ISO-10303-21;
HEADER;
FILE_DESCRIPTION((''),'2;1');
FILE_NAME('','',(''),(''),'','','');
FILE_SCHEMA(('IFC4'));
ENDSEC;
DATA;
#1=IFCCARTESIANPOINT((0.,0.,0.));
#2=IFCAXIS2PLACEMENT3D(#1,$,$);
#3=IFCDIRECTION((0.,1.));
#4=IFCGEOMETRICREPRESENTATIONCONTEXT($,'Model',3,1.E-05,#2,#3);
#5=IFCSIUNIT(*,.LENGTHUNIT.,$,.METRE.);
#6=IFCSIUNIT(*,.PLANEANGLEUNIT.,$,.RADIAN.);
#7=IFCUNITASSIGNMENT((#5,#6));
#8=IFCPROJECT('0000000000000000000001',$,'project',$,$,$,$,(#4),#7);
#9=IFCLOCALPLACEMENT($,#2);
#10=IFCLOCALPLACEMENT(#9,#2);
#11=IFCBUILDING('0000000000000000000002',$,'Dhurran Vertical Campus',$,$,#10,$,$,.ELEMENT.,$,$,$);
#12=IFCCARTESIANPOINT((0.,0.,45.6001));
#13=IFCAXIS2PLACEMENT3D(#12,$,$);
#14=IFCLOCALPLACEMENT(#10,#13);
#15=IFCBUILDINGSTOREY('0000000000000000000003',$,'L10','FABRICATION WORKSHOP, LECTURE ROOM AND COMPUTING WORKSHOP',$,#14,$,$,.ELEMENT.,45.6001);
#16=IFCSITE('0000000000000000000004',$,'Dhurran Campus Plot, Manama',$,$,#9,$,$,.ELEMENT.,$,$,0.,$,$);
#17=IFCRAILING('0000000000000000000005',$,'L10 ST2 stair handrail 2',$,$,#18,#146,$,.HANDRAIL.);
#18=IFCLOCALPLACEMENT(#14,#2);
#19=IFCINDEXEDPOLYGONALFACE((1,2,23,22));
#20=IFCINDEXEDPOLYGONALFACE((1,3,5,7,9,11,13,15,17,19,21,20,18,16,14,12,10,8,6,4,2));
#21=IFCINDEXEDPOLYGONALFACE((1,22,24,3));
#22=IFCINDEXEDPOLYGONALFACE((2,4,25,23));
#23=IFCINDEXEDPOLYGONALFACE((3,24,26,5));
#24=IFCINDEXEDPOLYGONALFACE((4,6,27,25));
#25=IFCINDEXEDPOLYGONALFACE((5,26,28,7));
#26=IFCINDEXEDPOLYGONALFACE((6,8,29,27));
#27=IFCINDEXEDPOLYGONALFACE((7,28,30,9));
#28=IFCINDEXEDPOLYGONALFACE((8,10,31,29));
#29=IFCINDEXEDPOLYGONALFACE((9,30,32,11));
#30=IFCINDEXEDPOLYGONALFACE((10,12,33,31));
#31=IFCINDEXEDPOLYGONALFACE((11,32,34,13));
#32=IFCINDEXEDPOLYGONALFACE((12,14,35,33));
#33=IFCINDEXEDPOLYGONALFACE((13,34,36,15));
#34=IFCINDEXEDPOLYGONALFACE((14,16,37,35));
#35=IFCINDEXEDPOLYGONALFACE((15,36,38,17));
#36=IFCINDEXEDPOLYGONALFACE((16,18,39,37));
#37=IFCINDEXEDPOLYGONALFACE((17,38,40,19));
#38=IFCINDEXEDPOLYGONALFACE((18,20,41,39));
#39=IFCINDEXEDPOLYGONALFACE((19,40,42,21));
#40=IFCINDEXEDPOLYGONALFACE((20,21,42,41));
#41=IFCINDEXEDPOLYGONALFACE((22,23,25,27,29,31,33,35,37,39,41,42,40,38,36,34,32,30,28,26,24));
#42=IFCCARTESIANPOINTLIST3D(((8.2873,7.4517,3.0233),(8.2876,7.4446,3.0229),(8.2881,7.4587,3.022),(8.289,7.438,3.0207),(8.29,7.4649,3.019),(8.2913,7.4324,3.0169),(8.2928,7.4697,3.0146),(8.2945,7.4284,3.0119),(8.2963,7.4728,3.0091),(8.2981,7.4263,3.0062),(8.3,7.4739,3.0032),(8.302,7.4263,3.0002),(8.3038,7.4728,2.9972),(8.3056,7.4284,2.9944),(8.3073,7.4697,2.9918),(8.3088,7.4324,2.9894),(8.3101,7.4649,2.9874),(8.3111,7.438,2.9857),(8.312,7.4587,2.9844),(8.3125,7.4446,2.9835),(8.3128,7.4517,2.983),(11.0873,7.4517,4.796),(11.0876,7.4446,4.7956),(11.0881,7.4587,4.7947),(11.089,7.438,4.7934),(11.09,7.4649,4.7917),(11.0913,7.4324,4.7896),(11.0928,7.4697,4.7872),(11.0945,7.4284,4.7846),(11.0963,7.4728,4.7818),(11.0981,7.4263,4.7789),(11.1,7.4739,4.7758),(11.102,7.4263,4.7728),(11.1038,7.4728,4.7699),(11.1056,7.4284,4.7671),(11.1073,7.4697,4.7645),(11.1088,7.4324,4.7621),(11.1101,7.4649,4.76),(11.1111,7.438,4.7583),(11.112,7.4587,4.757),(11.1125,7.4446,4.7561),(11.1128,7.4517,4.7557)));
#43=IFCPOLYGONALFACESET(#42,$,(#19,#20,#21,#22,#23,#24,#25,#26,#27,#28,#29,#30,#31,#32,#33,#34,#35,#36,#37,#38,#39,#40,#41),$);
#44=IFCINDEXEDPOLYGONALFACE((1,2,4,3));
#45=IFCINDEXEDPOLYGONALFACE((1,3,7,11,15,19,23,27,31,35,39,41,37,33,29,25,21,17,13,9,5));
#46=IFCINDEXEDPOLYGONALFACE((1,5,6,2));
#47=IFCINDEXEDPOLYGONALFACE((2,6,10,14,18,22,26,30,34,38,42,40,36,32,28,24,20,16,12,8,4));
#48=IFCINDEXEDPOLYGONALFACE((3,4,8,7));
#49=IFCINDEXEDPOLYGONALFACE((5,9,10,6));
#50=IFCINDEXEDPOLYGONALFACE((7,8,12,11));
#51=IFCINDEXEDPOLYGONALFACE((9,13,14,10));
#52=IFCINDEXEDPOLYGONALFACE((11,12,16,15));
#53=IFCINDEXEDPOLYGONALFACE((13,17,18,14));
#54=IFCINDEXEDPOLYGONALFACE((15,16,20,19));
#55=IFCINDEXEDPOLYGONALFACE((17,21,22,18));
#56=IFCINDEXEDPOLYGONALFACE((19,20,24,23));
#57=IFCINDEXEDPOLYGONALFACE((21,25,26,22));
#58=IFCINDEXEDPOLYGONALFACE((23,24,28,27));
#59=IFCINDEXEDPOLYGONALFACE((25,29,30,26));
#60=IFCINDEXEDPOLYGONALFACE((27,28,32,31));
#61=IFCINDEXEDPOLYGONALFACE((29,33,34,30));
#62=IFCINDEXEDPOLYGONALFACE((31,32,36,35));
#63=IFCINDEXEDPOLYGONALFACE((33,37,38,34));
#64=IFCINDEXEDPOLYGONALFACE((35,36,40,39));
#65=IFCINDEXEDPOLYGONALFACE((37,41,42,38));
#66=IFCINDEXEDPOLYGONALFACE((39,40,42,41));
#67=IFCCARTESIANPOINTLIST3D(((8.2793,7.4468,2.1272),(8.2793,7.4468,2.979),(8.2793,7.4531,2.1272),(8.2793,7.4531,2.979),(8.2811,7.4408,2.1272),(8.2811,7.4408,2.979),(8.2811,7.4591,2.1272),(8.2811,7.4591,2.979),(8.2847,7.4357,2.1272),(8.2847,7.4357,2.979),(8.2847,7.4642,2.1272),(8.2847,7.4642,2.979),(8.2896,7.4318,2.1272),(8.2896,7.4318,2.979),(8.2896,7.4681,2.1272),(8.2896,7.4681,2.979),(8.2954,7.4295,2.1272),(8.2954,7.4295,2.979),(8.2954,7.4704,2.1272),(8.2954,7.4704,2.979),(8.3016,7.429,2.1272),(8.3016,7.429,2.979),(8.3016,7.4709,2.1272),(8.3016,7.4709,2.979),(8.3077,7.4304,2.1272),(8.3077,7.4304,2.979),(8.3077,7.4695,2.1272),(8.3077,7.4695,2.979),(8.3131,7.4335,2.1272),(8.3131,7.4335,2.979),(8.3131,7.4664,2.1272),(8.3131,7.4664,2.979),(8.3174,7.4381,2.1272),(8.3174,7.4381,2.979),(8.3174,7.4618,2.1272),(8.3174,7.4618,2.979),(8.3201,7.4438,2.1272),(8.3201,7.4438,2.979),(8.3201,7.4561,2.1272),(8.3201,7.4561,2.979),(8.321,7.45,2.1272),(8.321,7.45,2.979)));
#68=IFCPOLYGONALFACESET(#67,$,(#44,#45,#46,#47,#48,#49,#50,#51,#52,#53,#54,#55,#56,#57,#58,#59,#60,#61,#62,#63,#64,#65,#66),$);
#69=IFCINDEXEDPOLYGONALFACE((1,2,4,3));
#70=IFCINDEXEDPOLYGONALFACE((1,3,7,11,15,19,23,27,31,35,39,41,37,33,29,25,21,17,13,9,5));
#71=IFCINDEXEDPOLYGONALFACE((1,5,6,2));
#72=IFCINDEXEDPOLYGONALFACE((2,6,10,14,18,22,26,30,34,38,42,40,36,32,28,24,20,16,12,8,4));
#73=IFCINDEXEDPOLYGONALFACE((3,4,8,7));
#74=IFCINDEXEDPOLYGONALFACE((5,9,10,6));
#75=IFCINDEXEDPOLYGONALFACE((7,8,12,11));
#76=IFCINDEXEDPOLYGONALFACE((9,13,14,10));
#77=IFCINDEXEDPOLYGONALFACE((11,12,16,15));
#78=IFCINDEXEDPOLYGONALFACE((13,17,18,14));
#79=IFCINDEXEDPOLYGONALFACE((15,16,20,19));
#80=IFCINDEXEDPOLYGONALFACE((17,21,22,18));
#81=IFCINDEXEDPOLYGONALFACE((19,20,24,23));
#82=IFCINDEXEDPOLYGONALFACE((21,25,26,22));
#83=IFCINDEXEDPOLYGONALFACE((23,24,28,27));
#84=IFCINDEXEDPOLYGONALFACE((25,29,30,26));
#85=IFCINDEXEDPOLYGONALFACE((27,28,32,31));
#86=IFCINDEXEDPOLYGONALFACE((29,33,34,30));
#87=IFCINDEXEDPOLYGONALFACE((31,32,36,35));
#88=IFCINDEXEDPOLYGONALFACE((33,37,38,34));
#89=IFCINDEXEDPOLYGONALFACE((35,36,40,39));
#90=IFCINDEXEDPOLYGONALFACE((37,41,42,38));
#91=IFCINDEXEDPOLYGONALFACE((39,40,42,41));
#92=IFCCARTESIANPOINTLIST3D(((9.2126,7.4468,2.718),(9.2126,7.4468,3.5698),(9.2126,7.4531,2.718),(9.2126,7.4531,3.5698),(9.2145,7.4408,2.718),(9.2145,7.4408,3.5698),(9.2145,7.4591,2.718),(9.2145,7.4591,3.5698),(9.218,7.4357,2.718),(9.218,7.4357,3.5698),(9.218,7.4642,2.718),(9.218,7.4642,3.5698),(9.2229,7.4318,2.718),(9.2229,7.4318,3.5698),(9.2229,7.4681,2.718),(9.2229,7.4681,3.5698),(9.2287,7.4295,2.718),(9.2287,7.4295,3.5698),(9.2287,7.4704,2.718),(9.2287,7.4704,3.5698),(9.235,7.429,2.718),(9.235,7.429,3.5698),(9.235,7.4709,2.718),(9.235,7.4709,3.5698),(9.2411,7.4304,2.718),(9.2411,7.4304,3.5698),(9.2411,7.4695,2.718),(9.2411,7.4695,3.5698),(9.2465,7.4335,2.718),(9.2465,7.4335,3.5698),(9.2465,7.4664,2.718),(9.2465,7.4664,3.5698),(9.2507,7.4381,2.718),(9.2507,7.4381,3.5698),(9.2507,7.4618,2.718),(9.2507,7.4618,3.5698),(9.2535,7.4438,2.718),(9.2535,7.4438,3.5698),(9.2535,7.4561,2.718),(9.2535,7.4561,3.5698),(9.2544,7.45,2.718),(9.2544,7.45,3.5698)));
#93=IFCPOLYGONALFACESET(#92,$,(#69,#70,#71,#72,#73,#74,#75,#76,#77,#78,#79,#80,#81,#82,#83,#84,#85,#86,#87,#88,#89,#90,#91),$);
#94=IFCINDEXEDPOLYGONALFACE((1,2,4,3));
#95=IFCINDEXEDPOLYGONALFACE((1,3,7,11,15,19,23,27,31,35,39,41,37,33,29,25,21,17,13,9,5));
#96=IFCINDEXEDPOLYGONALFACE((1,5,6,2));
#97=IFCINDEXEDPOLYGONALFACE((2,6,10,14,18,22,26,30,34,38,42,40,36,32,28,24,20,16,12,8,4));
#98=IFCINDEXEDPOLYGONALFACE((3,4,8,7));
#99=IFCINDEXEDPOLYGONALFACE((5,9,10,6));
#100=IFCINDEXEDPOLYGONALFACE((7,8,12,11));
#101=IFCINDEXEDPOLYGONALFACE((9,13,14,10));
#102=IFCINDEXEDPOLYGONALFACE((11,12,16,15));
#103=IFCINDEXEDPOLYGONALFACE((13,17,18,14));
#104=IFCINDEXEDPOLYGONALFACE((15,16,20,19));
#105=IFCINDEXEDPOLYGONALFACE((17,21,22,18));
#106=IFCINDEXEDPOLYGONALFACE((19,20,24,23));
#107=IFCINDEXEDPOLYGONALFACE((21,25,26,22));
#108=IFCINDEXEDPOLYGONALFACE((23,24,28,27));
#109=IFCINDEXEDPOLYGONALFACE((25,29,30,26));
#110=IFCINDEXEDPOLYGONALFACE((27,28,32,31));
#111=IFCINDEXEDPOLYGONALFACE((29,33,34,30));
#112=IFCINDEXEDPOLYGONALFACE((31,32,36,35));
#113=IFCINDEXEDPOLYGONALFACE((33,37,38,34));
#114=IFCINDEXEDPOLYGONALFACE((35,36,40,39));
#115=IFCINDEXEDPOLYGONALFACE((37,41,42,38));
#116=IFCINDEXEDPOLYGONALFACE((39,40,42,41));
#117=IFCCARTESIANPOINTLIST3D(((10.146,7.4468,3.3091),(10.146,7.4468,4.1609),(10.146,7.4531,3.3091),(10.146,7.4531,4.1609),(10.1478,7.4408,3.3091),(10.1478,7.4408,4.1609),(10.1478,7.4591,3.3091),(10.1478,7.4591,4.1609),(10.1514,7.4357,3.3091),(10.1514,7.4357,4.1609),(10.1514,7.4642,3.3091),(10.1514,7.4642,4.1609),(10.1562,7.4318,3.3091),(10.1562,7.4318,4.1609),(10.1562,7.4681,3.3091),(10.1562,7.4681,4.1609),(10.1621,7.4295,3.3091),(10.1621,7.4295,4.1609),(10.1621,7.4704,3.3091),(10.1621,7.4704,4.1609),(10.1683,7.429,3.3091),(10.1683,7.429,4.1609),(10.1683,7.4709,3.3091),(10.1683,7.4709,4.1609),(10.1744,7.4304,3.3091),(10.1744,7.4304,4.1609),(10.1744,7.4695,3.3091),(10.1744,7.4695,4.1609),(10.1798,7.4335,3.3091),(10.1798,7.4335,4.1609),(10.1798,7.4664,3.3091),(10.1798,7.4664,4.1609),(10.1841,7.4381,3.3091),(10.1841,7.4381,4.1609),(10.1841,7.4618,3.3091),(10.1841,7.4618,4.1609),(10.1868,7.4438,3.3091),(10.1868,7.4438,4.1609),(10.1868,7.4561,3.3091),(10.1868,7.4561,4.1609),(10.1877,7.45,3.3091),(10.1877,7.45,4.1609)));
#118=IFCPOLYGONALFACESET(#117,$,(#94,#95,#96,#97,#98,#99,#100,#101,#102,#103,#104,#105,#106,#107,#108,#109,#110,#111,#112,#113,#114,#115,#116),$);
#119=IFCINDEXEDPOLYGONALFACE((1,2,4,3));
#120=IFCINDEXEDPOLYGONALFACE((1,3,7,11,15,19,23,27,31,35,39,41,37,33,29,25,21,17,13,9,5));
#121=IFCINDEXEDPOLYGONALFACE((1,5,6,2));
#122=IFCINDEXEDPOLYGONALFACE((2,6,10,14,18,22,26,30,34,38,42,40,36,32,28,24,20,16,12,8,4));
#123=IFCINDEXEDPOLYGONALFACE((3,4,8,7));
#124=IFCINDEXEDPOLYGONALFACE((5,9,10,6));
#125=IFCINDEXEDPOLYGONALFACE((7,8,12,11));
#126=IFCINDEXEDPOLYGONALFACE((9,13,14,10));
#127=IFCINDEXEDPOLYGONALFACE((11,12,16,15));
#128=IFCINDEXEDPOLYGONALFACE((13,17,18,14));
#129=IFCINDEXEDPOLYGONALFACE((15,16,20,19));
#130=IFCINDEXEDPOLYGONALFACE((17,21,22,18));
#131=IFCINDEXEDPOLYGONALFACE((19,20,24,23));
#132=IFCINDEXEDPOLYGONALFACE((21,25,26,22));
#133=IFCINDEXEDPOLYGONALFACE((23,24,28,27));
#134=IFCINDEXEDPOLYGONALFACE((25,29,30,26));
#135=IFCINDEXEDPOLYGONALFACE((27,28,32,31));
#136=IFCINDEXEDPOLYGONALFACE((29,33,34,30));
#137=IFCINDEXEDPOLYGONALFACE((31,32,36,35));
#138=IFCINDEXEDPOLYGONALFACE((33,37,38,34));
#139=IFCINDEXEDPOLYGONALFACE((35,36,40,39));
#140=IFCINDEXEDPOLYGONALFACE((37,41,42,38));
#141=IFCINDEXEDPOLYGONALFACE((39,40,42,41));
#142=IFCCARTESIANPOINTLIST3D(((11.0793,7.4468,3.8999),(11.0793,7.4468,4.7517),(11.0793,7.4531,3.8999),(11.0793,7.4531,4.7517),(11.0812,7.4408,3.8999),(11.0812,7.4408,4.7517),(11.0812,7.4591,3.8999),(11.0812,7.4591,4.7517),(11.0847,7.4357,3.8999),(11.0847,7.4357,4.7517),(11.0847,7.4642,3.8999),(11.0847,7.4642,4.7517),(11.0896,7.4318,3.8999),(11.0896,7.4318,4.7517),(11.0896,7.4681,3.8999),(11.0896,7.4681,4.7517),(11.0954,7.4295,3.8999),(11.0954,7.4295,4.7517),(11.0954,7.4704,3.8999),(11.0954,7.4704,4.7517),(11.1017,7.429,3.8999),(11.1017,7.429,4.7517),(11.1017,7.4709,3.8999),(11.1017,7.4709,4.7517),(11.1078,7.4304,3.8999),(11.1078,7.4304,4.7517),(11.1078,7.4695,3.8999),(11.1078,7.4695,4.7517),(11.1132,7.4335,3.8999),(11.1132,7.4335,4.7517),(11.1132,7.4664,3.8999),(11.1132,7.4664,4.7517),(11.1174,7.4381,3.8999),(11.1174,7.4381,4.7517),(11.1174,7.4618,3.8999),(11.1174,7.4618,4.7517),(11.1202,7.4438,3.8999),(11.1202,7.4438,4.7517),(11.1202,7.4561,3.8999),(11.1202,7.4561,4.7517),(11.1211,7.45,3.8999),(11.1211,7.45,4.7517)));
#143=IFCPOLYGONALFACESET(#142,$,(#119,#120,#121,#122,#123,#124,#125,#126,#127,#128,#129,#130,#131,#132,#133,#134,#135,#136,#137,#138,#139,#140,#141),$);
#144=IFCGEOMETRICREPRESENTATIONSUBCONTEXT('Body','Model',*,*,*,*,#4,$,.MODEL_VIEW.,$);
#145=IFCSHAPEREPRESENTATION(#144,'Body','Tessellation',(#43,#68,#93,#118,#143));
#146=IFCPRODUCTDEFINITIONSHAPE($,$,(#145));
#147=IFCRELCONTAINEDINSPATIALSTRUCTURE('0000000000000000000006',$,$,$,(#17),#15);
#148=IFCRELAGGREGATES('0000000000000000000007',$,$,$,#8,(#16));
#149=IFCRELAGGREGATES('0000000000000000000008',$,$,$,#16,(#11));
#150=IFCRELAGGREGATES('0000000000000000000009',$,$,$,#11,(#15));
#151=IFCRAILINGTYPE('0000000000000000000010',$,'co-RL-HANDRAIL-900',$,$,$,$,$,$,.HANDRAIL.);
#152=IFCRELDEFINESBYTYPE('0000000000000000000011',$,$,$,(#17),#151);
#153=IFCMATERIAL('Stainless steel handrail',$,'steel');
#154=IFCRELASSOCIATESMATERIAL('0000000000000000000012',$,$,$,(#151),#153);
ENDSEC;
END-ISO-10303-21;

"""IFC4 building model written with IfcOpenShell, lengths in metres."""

from ifc_helpers import new_model, si_unit, direction, frame, origin, origin_2d, place, context, subcontext, project, spatial, circle, extrude, material, type_object, element, save


model = new_model("IFC4")

# Units and contexts
model_context = context("Model", 3, precision=1e-05, world=origin(), true_north=direction((0.0, 1.0)))
body_context = subcontext(model_context, "Body", "Model", "MODEL_VIEW")
ifc_project = project(units=[si_unit("LENGTHUNIT", "METRE"), si_unit("PLANEANGLEUNIT", "RADIAN")], contexts=[model_context])

# Site, building, storey
site_placement = place(None, origin())
site = spatial("IfcSite", under=ifc_project, at=site_placement, Name="Dhurran Campus Plot, Manama", CompositionType="ELEMENT", RefElevation=0.0)
building_placement = place(site_placement, origin())
building = spatial("IfcBuilding", under=site, at=building_placement, Name="Dhurran Vertical Campus", CompositionType="ELEMENT")
storey_placement = place(building_placement, frame((0.0, 0.0, 45.6001)))
storey = spatial("IfcBuildingStorey", under=building, at=storey_placement, Name="L10", Description="FABRICATION WORKSHOP, LECTURE ROOM AND COMPUTING WORKSHOP", CompositionType="ELEMENT", Elevation=45.6001)

# Railing
ifc_material_1 = material(Name="Stainless steel handrail", Category="steel")
railing_type_1 = type_object("IfcRailingType", Name="co-RL-HANDRAIL-900", PredefinedType="HANDRAIL", material=ifc_material_1)
railing_1_placement = place(storey_placement, frame((8.3, 7.45, 2.1272)))
element("IfcRailing", 1, at=railing_1_placement, inside=storey, type_object=railing_type_1, Name="L10 ST2 stair handrail 2", PredefinedType="HANDRAIL", context=body_context, shape_type="SweptSolid", body=[
    extrude(circle(Radius=0.0239, at=origin_2d()), frame((0.0, 0.0, 0.876), z_axis=(0.844909, 0.0, 0.53491), x_axis=(0.0, 1.0, 0.0)), (0.0, 0.0, 1.0), 3.314),
    extrude(circle(Radius=0.021, at=origin_2d()), origin(), (0.0, 0.0, 1.0), 0.8518),
    extrude(circle(Radius=0.021, at=origin_2d()), frame((0.9333, 0.0, 0.5908)), (0.0, 0.0, 1.0), 0.8518),
    extrude(circle(Radius=0.021, at=origin_2d()), frame((1.8667, 0.0, 1.1819)), (0.0, 0.0, 1.0), 0.8518),
    extrude(circle(Radius=0.021, at=origin_2d()), frame((2.8, 0.0, 1.7727)), (0.0, 0.0, 1.0), 0.8518),
])

save(model, "model.ifc")
